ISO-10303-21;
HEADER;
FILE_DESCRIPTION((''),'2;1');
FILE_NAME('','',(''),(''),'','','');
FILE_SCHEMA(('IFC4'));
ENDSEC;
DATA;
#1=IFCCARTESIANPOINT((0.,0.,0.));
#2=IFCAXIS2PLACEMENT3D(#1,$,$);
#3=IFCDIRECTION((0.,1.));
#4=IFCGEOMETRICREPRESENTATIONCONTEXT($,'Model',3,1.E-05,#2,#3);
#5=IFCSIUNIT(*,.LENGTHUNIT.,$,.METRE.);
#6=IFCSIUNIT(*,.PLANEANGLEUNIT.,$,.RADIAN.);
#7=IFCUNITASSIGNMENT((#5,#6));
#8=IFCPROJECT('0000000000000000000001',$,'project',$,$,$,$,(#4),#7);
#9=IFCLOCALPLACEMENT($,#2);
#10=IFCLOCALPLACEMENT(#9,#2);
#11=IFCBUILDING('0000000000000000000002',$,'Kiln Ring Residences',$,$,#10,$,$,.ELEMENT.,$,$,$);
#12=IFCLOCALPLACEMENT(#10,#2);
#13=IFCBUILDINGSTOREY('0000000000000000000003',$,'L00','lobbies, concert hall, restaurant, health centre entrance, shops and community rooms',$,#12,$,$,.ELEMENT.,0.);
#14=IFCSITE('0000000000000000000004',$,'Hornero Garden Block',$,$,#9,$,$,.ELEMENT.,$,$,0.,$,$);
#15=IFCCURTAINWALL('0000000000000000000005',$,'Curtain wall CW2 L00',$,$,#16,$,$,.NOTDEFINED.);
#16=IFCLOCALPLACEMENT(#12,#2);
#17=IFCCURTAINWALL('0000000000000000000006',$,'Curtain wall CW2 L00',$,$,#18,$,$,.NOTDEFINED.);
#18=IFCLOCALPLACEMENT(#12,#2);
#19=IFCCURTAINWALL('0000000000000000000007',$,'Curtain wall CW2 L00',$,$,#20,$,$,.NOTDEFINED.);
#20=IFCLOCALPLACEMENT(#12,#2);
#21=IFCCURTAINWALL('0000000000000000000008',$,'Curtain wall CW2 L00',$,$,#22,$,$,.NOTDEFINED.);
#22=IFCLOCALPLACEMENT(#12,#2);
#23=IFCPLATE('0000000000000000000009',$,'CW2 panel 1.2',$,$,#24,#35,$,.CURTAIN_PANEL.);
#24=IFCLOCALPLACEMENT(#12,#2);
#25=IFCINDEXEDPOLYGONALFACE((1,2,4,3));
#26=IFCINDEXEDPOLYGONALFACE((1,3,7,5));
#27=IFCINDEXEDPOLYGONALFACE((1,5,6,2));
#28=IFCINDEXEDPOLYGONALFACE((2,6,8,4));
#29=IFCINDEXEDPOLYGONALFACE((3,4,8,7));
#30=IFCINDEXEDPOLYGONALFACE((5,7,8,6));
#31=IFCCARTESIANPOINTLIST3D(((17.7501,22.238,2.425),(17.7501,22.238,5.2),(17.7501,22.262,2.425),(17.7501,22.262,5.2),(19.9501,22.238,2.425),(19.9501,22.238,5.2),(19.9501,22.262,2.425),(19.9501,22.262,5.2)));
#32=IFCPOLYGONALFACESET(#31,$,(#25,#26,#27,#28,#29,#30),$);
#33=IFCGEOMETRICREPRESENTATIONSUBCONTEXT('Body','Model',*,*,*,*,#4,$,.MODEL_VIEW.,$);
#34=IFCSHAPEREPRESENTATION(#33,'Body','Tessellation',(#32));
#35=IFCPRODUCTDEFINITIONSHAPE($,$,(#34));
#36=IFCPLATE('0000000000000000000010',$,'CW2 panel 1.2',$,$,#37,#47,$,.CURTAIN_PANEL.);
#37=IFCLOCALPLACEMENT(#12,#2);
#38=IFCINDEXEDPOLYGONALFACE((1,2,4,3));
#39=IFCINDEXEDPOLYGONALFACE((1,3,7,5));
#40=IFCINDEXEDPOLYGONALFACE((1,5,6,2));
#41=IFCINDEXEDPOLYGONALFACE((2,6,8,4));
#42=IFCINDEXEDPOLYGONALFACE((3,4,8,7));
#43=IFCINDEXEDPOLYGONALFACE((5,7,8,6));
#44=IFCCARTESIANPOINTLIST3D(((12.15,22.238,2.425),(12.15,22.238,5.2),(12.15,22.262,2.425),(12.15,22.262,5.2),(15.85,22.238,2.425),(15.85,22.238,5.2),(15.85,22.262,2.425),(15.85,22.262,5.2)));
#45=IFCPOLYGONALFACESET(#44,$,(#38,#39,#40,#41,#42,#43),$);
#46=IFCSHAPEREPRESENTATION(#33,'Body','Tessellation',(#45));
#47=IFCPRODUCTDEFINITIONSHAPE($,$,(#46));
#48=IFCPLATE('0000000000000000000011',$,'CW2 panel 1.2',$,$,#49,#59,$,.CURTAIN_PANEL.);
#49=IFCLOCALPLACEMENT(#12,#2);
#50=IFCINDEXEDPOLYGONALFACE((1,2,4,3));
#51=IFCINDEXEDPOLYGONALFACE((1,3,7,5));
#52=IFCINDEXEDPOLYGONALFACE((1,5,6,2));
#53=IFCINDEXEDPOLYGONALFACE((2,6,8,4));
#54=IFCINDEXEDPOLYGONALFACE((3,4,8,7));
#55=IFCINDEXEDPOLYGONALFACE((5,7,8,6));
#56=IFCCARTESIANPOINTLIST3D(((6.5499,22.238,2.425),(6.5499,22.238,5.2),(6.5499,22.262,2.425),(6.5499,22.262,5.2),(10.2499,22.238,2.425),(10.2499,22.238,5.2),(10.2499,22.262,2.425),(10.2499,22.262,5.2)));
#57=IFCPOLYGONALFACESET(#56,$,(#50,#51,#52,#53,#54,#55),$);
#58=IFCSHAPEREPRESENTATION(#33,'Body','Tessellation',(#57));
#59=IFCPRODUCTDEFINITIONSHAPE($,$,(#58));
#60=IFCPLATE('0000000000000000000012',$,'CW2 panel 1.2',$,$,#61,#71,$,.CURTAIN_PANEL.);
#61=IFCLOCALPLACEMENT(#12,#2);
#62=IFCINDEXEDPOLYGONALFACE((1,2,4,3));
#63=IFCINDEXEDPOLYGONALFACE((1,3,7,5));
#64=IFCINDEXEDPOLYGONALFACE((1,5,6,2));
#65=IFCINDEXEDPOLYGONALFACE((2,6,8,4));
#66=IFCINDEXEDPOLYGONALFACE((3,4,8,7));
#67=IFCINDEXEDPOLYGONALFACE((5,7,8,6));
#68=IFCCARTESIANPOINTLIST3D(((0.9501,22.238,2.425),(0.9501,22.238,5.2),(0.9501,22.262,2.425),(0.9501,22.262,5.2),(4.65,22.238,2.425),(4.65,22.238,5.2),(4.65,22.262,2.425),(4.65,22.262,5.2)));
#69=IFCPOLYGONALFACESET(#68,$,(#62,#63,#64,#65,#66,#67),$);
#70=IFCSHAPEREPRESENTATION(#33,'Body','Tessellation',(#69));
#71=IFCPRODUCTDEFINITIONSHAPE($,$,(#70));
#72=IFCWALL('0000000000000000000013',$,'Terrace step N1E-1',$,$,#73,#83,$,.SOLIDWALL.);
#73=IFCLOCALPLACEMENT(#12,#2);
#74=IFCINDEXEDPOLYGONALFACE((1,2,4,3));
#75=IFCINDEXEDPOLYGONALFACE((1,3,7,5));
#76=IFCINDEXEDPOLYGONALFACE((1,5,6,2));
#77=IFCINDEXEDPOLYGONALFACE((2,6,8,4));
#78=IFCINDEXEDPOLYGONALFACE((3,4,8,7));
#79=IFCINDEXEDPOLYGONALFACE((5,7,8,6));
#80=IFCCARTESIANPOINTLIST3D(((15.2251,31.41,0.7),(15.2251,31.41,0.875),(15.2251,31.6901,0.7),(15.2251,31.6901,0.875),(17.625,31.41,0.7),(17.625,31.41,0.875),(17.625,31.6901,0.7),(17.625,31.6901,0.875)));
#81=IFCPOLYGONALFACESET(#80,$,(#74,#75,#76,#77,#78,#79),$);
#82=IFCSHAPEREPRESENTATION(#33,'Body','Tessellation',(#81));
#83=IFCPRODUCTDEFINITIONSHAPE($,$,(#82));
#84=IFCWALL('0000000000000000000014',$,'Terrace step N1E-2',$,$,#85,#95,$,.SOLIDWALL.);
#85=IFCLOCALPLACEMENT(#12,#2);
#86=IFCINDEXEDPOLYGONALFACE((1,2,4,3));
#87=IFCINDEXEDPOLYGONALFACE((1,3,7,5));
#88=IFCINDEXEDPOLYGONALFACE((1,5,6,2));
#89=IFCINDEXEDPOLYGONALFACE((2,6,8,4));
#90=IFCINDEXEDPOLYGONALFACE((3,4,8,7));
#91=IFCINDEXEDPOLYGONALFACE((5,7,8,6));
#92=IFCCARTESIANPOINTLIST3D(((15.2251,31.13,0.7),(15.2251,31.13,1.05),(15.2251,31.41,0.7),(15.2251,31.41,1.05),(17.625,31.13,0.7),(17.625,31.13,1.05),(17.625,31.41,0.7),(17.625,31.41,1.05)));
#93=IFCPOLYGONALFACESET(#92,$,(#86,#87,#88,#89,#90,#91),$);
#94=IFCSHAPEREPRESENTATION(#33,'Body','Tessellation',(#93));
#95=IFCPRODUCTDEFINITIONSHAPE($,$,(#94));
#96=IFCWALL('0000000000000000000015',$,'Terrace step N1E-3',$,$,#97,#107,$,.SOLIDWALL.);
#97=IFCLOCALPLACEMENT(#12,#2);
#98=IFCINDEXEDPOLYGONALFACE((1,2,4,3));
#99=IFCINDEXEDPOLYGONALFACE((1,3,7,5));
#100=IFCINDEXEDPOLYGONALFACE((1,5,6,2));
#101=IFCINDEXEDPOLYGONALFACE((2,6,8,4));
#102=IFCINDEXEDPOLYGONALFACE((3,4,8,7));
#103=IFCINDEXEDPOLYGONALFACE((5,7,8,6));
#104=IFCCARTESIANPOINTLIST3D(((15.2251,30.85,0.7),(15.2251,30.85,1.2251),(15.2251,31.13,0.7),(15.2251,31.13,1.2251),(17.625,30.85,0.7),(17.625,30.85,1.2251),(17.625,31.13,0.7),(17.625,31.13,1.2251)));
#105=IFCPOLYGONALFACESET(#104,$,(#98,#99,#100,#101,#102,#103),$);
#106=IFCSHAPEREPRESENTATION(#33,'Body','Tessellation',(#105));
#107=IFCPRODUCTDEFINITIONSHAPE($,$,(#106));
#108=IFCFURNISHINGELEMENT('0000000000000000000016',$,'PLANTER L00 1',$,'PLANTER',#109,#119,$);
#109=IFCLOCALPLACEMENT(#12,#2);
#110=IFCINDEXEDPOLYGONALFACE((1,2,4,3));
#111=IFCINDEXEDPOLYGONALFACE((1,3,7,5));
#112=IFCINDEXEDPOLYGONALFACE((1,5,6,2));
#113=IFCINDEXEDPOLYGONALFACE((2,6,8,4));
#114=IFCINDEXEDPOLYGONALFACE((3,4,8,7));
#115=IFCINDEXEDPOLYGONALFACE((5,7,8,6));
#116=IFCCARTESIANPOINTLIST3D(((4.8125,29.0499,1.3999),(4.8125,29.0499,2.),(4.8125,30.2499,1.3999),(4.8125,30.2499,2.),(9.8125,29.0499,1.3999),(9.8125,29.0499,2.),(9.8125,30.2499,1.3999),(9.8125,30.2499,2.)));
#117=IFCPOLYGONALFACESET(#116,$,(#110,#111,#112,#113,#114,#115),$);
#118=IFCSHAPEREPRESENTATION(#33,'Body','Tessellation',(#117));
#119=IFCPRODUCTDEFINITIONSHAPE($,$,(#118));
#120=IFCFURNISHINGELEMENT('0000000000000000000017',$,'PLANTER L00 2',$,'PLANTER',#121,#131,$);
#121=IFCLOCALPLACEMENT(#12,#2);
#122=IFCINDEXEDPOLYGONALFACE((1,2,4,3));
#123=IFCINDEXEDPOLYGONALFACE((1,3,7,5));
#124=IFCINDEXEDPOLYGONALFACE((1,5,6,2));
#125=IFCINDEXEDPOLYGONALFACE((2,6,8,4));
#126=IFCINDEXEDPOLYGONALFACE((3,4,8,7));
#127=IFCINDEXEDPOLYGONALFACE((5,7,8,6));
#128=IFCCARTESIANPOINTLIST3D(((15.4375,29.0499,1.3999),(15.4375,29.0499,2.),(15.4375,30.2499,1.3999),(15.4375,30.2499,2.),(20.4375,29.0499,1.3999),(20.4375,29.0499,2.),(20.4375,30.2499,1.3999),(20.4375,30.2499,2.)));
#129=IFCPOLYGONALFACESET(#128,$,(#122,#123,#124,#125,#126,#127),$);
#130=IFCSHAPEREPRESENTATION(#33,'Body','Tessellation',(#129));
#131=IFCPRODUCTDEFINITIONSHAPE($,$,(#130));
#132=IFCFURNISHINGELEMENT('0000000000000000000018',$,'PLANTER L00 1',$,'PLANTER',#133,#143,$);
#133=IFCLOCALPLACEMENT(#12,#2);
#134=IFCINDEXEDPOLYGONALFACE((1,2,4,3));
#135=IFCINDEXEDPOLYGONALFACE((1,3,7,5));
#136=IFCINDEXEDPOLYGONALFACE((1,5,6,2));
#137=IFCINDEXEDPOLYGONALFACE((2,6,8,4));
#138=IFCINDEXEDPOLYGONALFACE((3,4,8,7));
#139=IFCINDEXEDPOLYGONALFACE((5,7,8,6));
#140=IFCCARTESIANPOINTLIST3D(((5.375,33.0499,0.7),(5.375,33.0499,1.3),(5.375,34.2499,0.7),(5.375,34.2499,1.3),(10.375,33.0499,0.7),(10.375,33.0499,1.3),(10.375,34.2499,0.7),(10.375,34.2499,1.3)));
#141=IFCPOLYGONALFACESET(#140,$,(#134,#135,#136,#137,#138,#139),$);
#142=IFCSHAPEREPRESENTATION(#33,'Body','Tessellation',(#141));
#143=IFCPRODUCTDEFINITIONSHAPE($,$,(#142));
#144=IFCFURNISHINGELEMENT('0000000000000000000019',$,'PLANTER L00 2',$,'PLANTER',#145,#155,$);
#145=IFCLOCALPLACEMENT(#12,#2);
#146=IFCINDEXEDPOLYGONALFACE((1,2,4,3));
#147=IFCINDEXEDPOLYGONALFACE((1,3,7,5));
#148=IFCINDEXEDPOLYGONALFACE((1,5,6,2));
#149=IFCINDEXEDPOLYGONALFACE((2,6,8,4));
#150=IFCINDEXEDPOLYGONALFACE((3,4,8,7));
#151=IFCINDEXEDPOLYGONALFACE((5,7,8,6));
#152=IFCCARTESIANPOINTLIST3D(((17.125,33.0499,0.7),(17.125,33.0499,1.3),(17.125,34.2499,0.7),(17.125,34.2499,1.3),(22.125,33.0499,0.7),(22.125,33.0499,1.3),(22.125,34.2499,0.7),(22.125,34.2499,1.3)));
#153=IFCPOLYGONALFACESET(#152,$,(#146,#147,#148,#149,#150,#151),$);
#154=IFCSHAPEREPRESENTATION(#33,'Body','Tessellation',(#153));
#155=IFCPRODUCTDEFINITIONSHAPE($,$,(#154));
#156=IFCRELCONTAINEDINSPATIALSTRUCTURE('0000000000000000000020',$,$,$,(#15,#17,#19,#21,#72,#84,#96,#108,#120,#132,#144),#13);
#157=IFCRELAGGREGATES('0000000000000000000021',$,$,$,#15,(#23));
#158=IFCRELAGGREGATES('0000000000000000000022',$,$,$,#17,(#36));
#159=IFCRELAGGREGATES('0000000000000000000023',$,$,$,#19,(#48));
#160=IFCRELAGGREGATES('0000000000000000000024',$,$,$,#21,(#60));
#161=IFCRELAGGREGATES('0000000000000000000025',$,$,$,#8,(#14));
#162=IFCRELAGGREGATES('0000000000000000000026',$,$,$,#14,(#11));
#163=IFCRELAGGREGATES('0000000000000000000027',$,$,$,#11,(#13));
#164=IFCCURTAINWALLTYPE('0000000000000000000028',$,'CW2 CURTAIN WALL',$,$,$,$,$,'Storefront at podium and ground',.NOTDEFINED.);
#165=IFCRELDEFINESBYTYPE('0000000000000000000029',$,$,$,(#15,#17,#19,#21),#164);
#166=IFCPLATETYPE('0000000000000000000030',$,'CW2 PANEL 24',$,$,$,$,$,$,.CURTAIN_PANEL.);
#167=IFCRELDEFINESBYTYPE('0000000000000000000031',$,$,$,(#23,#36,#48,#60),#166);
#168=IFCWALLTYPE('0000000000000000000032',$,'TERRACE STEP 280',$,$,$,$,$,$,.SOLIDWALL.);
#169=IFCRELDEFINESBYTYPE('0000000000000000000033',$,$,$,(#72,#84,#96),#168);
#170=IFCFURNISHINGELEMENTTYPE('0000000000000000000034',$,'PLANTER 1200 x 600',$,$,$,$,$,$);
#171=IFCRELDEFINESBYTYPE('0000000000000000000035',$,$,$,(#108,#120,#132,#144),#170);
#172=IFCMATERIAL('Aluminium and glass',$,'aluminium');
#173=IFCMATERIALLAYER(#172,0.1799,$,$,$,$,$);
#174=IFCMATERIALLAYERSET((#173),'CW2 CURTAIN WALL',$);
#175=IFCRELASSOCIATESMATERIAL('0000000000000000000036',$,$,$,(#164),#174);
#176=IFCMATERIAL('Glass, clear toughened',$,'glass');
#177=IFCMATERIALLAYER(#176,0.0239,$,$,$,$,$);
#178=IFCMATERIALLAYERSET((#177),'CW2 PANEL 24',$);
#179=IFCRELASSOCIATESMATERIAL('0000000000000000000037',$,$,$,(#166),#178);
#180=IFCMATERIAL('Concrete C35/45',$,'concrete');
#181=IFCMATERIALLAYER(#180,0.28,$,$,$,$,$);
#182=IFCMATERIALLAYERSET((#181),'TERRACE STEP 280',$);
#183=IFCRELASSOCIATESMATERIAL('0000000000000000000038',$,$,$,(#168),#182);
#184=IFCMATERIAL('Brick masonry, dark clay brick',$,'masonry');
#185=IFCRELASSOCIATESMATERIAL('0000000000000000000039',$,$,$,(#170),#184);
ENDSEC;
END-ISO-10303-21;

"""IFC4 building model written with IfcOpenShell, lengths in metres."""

from ifc_helpers import new_model, si_unit, direction, frame, frame_2d, origin, origin_2d, place, context, subcontext, project, spatial, rectangle, extrude, material, layer, layer_set, type_object, element, aggregate, save


model = new_model("IFC4")

# Units and contexts
model_context = context("Model", 3, precision=1e-05, world=origin(), true_north=direction((0.0, 1.0)))
body_context = subcontext(model_context, "Body", "Model", "MODEL_VIEW")
ifc_project = project(units=[si_unit("LENGTHUNIT", "METRE"), si_unit("PLANEANGLEUNIT", "RADIAN")], contexts=[model_context])

# Site, building, storey
site_placement = place(None, origin())
site = spatial("IfcSite", under=ifc_project, at=site_placement, Name="Hornero Garden Block", CompositionType="ELEMENT", RefElevation=0.0)
building_placement = place(site_placement, origin())
building = spatial("IfcBuilding", under=site, at=building_placement, Name="Kiln Ring Residences", CompositionType="ELEMENT")
storey_placement = place(building_placement, origin())
storey = spatial("IfcBuildingStorey", under=building, at=storey_placement, Name="L00", Description="lobbies, concert hall, restaurant, health centre entrance, shops and community rooms", CompositionType="ELEMENT", Elevation=0.0)

# Curtain walls
ifc_material_1 = material(Name="Aluminium and glass", Category="aluminium")
ifc_layer_1 = layer(ifc_material_1, 0.1799)
ifc_layer_set_1 = layer_set([ifc_layer_1], Name="CW2 CURTAIN WALL")
curtain_wall_type = type_object("IfcCurtainWallType", Name="CW2 CURTAIN WALL", ElementType="Storefront at podium and ground", PredefinedType="NOTDEFINED", material=ifc_layer_set_1)
placement = place(storey_placement, origin())
curtain_wall_1 = element("IfcCurtainWall", 1, at=placement, inside=storey, type_object=curtain_wall_type, Name="Curtain wall CW2 L00", PredefinedType="NOTDEFINED")
curtain_wall_2 = element("IfcCurtainWall", 2, at=placement, inside=storey, type_object=curtain_wall_type, Name="Curtain wall CW2 L00", PredefinedType="NOTDEFINED")
curtain_wall_3 = element("IfcCurtainWall", 3, at=placement, inside=storey, type_object=curtain_wall_type, Name="Curtain wall CW2 L00", PredefinedType="NOTDEFINED")
curtain_wall_4 = element("IfcCurtainWall", 4, at=placement, inside=storey, type_object=curtain_wall_type, Name="Curtain wall CW2 L00", PredefinedType="NOTDEFINED")

# Plates
ifc_material_2 = material(Name="Glass, clear toughened", Category="glass")
ifc_layer_2 = layer(ifc_material_2, 0.0239)
ifc_layer_set_2 = layer_set([ifc_layer_2], Name="CW2 PANEL 24")
plate_type = type_object("IfcPlateType", Name="CW2 PANEL 24", PredefinedType="CURTAIN_PANEL", material=ifc_layer_set_2)
plate_1_placement = place(storey_placement, frame((18.8501, 22.25, 2.425), z_axis=(0.0, 0.0, 1.0), x_axis=(-1.0, 0.0, 0.0)))
plate_1 = element("IfcPlate", 5, at=plate_1_placement, type_object=plate_type, Name="CW2 panel 1.2", PredefinedType="CURTAIN_PANEL", context=body_context, shape_type="SweptSolid", body=[
    extrude(rectangle(XDim=2.2, YDim=0.0239, at=origin_2d()), origin(), (0.0, 0.0, 1.0), 2.7749),
])
aggregate(curtain_wall_1, [plate_1])
plate_2_placement = place(storey_placement, frame((14.0, 22.25, 2.425), z_axis=(0.0, 0.0, 1.0), x_axis=(-1.0, 0.0, 0.0)))
plate_2 = element("IfcPlate", 6, at=plate_2_placement, type_object=plate_type, Name="CW2 panel 1.2", PredefinedType="CURTAIN_PANEL", context=body_context, shape_type="SweptSolid", body=[
    extrude(rectangle(XDim=3.7, YDim=0.0239, at=origin_2d()), origin(), (0.0, 0.0, 1.0), 2.7749),
])
aggregate(curtain_wall_2, [plate_2])
plate_3_placement = place(storey_placement, frame((8.3999, 22.25, 2.425), z_axis=(0.0, 0.0, 1.0), x_axis=(-1.0, 0.0, 0.0)))
plate_3 = element("IfcPlate", 7, at=plate_3_placement, type_object=plate_type, Name="CW2 panel 1.2", PredefinedType="CURTAIN_PANEL", context=body_context, shape_type="SweptSolid", body=[
    extrude(rectangle(XDim=3.7, YDim=0.0239, at=origin_2d()), origin(), (0.0, 0.0, 1.0), 2.7749),
])
aggregate(curtain_wall_3, [plate_3])
plate_4_placement = place(storey_placement, frame((2.8, 22.25, 2.425), z_axis=(0.0, 0.0, 1.0), x_axis=(-1.0, 0.0, 0.0)))
plate_4 = element("IfcPlate", 8, at=plate_4_placement, type_object=plate_type, Name="CW2 panel 1.2", PredefinedType="CURTAIN_PANEL", context=body_context, shape_type="SweptSolid", body=[
    extrude(rectangle(XDim=3.7, YDim=0.0239, at=origin_2d()), origin(), (0.0, 0.0, 1.0), 2.7749),
])
aggregate(curtain_wall_4, [plate_4])

# Walls
ifc_material_3 = material(Name="Concrete C35/45", Category="concrete")
ifc_layer_3 = layer(ifc_material_3, 0.28)
ifc_layer_set_3 = layer_set([ifc_layer_3], Name="TERRACE STEP 280")
wall_type = type_object("IfcWallType", Name="TERRACE STEP 280", PredefinedType="SOLIDWALL", material=ifc_layer_set_3)
wall_1_placement = place(storey_placement, frame((15.2251, 31.55, 0.7), z_axis=(0.0, 0.0, 1.0), x_axis=(1.0, 0.0, 0.0)))
element("IfcWall", 9, at=wall_1_placement, inside=storey, type_object=wall_type, Name="Terrace step N1E-1", PredefinedType="SOLIDWALL", context=body_context, shape_type="SweptSolid", body=[
    extrude(rectangle(XDim=2.3999, YDim=0.28, at=frame_2d((1.2, 0.0))), origin(), (0.0, 0.0, 1.0), 0.175),
])
wall_2_placement = place(storey_placement, frame((15.2251, 31.27, 0.7), z_axis=(0.0, 0.0, 1.0), x_axis=(1.0, 0.0, 0.0)))
element("IfcWall", 10, at=wall_2_placement, inside=storey, type_object=wall_type, Name="Terrace step N1E-2", PredefinedType="SOLIDWALL", context=body_context, shape_type="SweptSolid", body=[
    extrude(rectangle(XDim=2.3999, YDim=0.28, at=frame_2d((1.2, 0.0))), origin(), (0.0, 0.0, 1.0), 0.3501),
])
wall_3_placement = place(storey_placement, frame((15.2251, 30.99, 0.7), z_axis=(0.0, 0.0, 1.0), x_axis=(1.0, 0.0, 0.0)))
element("IfcWall", 11, at=wall_3_placement, inside=storey, type_object=wall_type, Name="Terrace step N1E-3", PredefinedType="SOLIDWALL", context=body_context, shape_type="SweptSolid", body=[
    extrude(rectangle(XDim=2.3999, YDim=0.28, at=frame_2d((1.2, 0.0))), origin(), (0.0, 0.0, 1.0), 0.5251),
])

# Furnishing elements
ifc_material_4 = material(Name="Brick masonry, dark clay brick", Category="masonry")
furnishing_element_type = type_object("IfcFurnishingElementType", Name="PLANTER 1200 x 600", material=ifc_material_4)
for number, where, z_axis, x_axis, name in (
    (12, (7.3125, 29.6499, 1.3999), (0.0, 0.0, 1.0), (1.0, 0.0, 0.0), "PLANTER L00 1"),
    (13, (17.9375, 29.6499, 1.3999), (0.0, 0.0, 1.0), (1.0, 0.0, 0.0), "PLANTER L00 2"),
    (14, (7.875, 33.6499, 0.7), (0.0, 0.0, 1.0), (1.0, 0.0, 0.0), "PLANTER L00 1"),
    (15, (19.625, 33.6499, 0.7), (0.0, 0.0, 1.0), (1.0, 0.0, 0.0), "PLANTER L00 2"),
):
    element("IfcFurnishingElement", number, at=place(storey_placement, frame(where, z_axis=z_axis, x_axis=x_axis)), inside=storey, type_object=furnishing_element_type, Name=name, ObjectType="PLANTER", context=body_context, shape_type="SweptSolid", body=[
        extrude(rectangle(XDim=5.0, YDim=1.2, at=origin_2d()), origin(), (0.0, 0.0, 1.0), 0.6001),
    ])

save(model, "model.ifc")
